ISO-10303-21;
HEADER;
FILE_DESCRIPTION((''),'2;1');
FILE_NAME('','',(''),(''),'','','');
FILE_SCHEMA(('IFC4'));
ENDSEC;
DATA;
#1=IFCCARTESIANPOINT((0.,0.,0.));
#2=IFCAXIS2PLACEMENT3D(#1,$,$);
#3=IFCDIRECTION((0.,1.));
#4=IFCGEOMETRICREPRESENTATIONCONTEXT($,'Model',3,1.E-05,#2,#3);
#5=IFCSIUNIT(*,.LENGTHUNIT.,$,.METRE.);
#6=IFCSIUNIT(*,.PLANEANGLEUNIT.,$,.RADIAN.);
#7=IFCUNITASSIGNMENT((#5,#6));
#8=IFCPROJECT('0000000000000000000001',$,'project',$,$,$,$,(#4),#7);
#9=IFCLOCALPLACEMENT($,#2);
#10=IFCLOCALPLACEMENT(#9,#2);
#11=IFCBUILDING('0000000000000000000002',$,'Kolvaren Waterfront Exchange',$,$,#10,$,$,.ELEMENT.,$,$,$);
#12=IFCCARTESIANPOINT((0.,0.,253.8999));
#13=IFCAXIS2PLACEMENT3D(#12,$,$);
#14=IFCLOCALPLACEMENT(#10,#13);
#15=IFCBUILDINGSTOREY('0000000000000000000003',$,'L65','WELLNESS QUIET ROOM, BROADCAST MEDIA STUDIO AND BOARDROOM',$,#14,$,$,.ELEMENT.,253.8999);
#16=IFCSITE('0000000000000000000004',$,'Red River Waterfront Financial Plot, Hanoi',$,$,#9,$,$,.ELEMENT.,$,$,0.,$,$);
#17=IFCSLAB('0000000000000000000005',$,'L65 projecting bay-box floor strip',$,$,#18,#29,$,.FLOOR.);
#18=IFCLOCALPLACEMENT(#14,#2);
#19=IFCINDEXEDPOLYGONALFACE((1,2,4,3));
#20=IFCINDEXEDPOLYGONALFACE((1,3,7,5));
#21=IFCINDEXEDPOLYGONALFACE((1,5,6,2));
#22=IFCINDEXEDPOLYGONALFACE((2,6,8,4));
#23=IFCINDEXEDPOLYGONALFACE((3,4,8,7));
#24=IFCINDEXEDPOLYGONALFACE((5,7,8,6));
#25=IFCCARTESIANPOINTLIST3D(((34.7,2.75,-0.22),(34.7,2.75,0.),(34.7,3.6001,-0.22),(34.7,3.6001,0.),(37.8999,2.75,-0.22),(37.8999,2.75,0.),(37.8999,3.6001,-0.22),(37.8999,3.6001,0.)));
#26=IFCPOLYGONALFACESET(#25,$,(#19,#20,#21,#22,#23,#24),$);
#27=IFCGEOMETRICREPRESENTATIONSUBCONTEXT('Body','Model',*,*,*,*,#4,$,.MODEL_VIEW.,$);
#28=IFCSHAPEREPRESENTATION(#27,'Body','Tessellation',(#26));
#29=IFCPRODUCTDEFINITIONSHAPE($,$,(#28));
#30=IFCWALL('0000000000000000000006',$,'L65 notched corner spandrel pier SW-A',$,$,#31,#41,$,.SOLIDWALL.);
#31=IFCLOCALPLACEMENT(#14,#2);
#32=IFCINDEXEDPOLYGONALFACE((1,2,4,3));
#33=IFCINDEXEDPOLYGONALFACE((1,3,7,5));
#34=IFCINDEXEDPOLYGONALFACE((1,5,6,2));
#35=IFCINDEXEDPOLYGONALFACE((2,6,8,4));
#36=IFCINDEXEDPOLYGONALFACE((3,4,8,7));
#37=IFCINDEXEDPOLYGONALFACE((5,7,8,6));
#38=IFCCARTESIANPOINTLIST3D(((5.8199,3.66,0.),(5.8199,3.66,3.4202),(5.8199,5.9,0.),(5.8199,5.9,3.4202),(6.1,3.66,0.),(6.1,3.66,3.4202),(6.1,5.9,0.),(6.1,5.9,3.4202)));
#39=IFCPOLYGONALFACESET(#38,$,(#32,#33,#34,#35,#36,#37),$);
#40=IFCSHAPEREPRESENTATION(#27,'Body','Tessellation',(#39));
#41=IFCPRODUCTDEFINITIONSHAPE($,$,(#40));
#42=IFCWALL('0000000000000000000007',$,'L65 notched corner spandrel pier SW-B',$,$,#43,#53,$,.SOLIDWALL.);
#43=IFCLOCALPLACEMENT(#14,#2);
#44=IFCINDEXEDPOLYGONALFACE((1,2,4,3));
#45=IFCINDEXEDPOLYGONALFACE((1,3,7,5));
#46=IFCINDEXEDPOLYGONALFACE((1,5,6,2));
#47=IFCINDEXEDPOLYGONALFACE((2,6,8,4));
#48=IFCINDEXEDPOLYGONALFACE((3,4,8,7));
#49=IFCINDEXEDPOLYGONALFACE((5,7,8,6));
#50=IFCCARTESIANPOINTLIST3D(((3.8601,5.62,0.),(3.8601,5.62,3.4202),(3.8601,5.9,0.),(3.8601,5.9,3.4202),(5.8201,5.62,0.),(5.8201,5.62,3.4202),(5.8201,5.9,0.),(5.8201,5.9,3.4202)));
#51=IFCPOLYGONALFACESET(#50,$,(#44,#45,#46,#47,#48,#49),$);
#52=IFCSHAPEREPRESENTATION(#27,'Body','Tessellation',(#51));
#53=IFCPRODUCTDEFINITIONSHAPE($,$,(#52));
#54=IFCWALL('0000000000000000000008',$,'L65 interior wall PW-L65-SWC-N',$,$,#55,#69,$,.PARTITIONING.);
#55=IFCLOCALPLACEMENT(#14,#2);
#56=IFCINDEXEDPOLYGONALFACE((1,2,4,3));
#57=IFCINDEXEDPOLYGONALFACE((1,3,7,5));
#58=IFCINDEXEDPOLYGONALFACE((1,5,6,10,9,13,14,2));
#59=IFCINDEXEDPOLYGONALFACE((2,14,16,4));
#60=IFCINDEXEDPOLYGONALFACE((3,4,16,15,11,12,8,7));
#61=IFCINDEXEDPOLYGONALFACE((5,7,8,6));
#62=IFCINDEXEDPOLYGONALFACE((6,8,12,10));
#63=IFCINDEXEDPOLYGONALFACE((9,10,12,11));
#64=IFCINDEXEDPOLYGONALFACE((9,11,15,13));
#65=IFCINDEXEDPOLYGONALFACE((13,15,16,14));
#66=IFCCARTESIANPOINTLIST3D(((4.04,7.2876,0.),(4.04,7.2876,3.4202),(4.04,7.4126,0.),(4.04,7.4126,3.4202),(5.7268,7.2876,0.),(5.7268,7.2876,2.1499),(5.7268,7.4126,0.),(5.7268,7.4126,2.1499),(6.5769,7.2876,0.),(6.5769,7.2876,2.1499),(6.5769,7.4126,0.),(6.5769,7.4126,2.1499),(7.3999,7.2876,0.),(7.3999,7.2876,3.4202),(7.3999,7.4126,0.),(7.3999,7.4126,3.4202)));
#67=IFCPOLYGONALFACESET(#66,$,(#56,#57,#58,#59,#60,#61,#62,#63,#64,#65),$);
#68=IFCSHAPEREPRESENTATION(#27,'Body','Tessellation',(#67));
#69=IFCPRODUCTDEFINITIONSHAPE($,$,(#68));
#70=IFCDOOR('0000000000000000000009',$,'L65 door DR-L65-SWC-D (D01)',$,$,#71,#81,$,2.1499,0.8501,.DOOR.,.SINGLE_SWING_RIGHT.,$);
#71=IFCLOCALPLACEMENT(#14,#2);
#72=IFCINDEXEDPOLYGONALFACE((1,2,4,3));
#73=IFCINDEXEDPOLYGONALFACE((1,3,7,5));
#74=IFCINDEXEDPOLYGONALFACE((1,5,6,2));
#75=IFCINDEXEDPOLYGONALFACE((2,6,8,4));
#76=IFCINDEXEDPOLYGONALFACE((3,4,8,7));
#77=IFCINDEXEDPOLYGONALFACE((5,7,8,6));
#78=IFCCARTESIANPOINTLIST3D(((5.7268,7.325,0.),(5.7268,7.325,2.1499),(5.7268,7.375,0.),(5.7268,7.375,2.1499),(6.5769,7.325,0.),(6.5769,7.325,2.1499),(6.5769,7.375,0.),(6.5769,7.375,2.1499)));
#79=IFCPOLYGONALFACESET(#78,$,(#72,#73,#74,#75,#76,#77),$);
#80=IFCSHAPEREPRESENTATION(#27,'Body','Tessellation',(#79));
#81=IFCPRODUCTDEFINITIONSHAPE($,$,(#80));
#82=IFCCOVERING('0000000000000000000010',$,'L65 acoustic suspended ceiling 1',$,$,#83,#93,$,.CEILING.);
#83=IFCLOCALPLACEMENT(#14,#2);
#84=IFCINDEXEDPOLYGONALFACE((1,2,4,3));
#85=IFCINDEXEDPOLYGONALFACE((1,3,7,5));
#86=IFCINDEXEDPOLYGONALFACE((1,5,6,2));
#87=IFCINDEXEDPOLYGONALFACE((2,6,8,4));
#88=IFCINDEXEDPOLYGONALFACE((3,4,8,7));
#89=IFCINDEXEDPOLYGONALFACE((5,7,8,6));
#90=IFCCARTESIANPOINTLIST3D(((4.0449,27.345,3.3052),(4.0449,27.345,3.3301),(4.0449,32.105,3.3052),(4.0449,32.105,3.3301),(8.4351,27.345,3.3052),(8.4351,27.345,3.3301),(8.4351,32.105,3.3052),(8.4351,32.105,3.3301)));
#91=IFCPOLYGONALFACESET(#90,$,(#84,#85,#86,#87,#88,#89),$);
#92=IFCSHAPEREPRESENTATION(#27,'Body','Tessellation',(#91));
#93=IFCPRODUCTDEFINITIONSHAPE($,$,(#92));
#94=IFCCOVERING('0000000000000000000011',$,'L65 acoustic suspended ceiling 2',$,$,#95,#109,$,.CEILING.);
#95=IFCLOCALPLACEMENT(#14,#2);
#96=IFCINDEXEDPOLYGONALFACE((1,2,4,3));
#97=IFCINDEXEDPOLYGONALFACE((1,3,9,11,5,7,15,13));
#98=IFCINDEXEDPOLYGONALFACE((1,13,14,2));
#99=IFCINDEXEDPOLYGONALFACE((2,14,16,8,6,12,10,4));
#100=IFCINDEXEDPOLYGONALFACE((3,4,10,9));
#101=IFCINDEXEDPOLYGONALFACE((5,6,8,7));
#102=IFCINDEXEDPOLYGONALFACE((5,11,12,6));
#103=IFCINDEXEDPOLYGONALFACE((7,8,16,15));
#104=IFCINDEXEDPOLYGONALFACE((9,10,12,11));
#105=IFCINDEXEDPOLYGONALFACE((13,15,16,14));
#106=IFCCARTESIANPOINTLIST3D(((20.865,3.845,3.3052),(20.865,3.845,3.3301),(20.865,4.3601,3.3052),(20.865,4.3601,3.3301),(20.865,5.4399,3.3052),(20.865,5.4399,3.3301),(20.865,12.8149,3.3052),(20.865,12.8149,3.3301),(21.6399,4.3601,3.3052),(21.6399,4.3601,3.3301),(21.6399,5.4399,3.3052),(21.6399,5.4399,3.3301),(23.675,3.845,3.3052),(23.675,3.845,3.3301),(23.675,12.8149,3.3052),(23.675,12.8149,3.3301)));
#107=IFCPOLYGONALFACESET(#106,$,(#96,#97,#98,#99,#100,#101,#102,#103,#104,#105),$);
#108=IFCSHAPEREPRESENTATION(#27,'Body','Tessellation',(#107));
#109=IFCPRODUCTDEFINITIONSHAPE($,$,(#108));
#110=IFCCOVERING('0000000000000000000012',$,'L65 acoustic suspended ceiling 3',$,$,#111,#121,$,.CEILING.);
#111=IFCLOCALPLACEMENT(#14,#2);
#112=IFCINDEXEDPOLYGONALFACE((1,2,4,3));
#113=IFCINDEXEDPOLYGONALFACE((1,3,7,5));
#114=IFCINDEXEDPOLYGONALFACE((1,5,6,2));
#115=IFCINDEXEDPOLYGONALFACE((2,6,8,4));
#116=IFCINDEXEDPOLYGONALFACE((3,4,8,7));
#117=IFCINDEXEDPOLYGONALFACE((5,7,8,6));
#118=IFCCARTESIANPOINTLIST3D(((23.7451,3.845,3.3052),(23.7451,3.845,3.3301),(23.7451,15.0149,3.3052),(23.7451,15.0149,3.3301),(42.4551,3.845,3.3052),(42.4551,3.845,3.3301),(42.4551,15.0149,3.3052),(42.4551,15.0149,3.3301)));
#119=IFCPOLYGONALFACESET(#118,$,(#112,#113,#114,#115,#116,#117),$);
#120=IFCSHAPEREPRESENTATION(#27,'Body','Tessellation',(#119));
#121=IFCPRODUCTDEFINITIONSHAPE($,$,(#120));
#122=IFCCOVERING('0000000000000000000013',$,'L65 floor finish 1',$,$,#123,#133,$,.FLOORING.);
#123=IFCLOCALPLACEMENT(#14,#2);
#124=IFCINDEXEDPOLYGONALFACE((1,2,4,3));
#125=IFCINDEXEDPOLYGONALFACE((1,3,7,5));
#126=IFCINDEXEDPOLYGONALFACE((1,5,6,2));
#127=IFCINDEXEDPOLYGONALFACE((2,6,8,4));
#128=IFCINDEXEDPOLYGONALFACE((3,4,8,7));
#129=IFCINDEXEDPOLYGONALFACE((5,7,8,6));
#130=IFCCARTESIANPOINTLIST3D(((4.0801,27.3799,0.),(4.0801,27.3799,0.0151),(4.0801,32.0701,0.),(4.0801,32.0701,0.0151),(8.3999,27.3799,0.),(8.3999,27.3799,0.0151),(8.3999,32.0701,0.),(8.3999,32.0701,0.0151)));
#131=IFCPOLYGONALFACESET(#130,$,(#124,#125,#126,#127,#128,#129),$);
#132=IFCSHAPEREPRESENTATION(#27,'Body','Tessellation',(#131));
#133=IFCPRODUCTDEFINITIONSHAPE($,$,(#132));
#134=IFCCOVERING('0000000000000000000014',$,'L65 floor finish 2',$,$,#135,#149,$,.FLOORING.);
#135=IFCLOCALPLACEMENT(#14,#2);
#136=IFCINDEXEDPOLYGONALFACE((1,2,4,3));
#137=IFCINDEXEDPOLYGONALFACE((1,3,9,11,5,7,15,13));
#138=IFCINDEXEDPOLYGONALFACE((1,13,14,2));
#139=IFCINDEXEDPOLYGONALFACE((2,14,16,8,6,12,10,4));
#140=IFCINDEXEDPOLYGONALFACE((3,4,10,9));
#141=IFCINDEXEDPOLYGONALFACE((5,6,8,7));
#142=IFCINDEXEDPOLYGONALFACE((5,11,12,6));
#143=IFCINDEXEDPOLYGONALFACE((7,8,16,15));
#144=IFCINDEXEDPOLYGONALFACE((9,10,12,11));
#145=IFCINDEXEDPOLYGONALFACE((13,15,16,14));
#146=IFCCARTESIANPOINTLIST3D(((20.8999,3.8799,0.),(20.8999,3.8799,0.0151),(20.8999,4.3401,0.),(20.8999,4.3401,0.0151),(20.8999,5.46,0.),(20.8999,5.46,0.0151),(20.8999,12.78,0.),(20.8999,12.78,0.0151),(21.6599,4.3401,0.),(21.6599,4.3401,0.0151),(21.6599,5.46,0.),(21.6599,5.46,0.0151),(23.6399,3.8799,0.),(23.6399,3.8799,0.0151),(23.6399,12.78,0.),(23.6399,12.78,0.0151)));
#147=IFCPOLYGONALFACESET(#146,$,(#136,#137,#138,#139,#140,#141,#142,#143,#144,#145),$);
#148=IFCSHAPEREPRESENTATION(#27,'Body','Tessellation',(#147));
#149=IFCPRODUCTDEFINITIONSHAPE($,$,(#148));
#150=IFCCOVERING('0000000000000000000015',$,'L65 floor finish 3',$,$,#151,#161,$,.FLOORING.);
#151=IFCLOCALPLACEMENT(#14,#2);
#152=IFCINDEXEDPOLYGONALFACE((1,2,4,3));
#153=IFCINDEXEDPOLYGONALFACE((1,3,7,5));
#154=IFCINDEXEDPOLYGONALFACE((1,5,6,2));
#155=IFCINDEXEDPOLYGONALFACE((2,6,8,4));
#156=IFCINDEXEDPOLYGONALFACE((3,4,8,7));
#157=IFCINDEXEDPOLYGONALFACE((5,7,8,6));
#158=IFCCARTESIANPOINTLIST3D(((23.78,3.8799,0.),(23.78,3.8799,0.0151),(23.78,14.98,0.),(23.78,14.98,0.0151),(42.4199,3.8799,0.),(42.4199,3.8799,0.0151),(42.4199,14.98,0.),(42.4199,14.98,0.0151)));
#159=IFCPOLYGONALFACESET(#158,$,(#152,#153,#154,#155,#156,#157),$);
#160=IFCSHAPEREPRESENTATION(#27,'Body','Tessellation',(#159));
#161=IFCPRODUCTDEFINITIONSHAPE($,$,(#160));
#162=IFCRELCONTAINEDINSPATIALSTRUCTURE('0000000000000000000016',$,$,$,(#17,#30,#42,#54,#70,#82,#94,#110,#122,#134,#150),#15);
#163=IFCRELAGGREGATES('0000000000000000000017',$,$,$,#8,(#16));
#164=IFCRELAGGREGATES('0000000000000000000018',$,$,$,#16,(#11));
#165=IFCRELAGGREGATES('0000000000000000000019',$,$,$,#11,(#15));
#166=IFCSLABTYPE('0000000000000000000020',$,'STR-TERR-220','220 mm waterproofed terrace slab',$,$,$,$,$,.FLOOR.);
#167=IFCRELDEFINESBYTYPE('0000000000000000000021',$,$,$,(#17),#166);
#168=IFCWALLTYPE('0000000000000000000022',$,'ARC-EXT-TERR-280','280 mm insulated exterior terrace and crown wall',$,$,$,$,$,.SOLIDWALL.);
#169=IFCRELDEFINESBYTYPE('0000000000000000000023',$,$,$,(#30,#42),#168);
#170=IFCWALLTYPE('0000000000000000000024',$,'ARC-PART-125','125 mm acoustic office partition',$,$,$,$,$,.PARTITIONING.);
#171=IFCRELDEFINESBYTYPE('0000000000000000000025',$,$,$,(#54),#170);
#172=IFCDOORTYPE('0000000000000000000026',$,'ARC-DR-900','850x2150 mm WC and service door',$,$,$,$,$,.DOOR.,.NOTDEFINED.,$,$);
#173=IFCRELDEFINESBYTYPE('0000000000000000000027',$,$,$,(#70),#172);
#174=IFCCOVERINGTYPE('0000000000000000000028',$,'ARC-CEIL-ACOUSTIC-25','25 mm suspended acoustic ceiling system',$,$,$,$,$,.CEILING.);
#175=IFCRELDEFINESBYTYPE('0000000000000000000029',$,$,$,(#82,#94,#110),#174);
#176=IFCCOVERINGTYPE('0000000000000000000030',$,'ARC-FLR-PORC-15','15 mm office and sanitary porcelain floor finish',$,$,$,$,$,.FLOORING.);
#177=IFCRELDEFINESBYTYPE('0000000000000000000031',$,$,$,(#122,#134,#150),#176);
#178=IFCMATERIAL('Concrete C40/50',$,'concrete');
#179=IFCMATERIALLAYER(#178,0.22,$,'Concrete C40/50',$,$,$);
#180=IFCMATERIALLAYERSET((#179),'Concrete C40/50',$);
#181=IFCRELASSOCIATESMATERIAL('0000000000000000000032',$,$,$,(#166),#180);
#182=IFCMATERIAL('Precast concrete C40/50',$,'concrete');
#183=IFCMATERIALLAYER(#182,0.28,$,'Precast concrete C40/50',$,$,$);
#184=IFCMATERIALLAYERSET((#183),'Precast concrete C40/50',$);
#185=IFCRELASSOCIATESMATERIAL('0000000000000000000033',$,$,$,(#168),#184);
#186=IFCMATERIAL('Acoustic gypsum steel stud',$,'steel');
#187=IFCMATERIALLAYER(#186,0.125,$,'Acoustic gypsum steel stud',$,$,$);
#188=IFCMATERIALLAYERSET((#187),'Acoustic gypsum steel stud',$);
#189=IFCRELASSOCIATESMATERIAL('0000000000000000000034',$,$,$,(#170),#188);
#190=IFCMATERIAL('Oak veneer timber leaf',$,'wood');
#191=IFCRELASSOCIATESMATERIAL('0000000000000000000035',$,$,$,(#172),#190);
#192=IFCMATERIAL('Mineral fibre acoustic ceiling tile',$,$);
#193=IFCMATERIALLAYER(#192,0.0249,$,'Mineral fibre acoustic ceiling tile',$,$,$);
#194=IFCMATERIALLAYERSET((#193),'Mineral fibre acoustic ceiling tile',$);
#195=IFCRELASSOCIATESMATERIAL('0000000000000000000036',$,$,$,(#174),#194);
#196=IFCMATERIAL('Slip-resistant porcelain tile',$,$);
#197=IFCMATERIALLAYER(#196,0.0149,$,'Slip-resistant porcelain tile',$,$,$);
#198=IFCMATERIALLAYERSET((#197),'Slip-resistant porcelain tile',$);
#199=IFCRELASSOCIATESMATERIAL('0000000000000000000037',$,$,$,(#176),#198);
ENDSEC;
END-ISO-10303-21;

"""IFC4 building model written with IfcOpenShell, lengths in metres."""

from ifc_helpers import new_model, si_unit, direction, frame, frame_2d, origin, place, context, subcontext, project, spatial, polyline, rectangle, outline, extrude, material, layer, layer_set, type_object, element, fill, save


model = new_model("IFC4")

# Units and contexts
model_context = context("Model", 3, precision=1e-05, world=origin(), true_north=direction((0.0, 1.0)))
body_context = subcontext(model_context, "Body", "Model", "MODEL_VIEW")
ifc_project = project(units=[si_unit("LENGTHUNIT", "METRE"), si_unit("PLANEANGLEUNIT", "RADIAN")], contexts=[model_context])

# Site, building, storey
site_placement = place(None, origin())
site = spatial("IfcSite", under=ifc_project, at=site_placement, Name="Red River Waterfront Financial Plot, Hanoi", CompositionType="ELEMENT", RefElevation=0.0)
building_placement = place(site_placement, origin())
building = spatial("IfcBuilding", under=site, at=building_placement, Name="Kolvaren Waterfront Exchange", CompositionType="ELEMENT")
storey_placement = place(building_placement, frame((0.0, 0.0, 253.8999)))
storey = spatial("IfcBuildingStorey", under=building, at=storey_placement, Name="L65", Description="WELLNESS QUIET ROOM, BROADCAST MEDIA STUDIO AND BOARDROOM", CompositionType="ELEMENT", Elevation=253.8999)

# Shared definitions
ifc_material_1 = material(Name="Concrete C40/50", Category="concrete")

# Slab
ifc_layer_1 = layer(ifc_material_1, 0.22, Name="Concrete C40/50")
ifc_layer_set_1 = layer_set([ifc_layer_1], Name="Concrete C40/50")
slab_type_1 = type_object("IfcSlabType", Name="STR-TERR-220", Description="220 mm waterproofed terrace slab", PredefinedType="FLOOR", material=ifc_layer_set_1)
slab_1_placement = place(storey_placement, frame((0.0, 0.0, -0.22)))
element("IfcSlab", 1, at=slab_1_placement, inside=storey, type_object=slab_type_1, Name="L65 projecting bay-box floor strip", PredefinedType="FLOOR", context=body_context, shape_type="SweptSolid", body=[
    extrude(outline(polyline([(34.7, 2.75), (37.8999, 2.75), (37.8999, 3.6001), (34.7, 3.6001), (34.7, 2.75)])), origin(), (0.0, 0.0, 1.0), 0.22),
])

# Walls
ifc_material_2 = material(Name="Precast concrete C40/50", Category="concrete")
ifc_layer_2 = layer(ifc_material_2, 0.28, Name="Precast concrete C40/50")
ifc_layer_set_2 = layer_set([ifc_layer_2], Name="Precast concrete C40/50")
wall_type_1 = type_object("IfcWallType", Name="ARC-EXT-TERR-280", Description="280 mm insulated exterior terrace and crown wall", PredefinedType="SOLIDWALL", material=ifc_layer_set_2)
wall_1_placement = place(storey_placement, frame((5.96, 3.6599, 0.0), z_axis=(0.0, 0.0, 1.0), x_axis=(0.0, 1.0, 0.0)))
element("IfcWall", 2, at=wall_1_placement, inside=storey, type_object=wall_type_1, Name="L65 notched corner spandrel pier SW-A", PredefinedType="SOLIDWALL", context=body_context, shape_type="SweptSolid", body=[
    extrude(rectangle(XDim=2.24, YDim=0.28, at=frame_2d((1.1201, 0.0))), origin(), (0.0, 0.0, 1.0), 3.4202),
])
wall_2_placement = place(storey_placement, frame((3.8601, 5.76, 0.0), z_axis=(0.0, 0.0, 1.0), x_axis=(1.0, 0.0, 0.0)))
element("IfcWall", 3, at=wall_2_placement, inside=storey, type_object=wall_type_1, Name="L65 notched corner spandrel pier SW-B", PredefinedType="SOLIDWALL", context=body_context, shape_type="SweptSolid", body=[
    extrude(rectangle(XDim=1.96, YDim=0.28, at=frame_2d((0.98, 0.0))), origin(), (0.0, 0.0, 1.0), 3.4202),
])

# Wall, opening, door
ifc_material_3 = material(Name="Acoustic gypsum steel stud", Category="steel")
ifc_layer_3 = layer(ifc_material_3, 0.125, Name="Acoustic gypsum steel stud")
ifc_layer_set_3 = layer_set([ifc_layer_3], Name="Acoustic gypsum steel stud")
wall_type_2 = type_object("IfcWallType", Name="ARC-PART-125", Description="125 mm acoustic office partition", PredefinedType="PARTITIONING", material=ifc_layer_set_3)
wall_3_placement = place(storey_placement, frame((4.04, 7.3501, 0.0), z_axis=(0.0, 0.0, 1.0), x_axis=(1.0, 0.0, 0.0)))
wall_3 = element("IfcWall", 4, at=wall_3_placement, inside=storey, type_object=wall_type_2, Name="L65 interior wall PW-L65-SWC-N", PredefinedType="PARTITIONING", context=body_context, shape_type="SweptSolid", body=[
    extrude(rectangle(XDim=3.3599, YDim=0.125, at=frame_2d((1.6799, 0.0))), origin(), (0.0, 0.0, 1.0), 3.4202),
])
opening_placement = place(wall_3_placement, frame((1.6868, 0.0, 0.0)))
opening = element("IfcOpeningElement", 5, at=opening_placement, cuts=wall_3, PredefinedType="OPENING", context=body_context, shape_type="SweptSolid", body=[
    extrude(rectangle(XDim=0.8501, YDim=2.1499, at=frame_2d((0.425, 1.075))), frame((0.0, 0.0725, 0.0), z_axis=(0.0, -1.0, 0.0), x_axis=(1.0, 0.0, 0.0)), (0.0, 0.0, 1.0), 0.145),
])
ifc_material_4 = material(Name="Oak veneer timber leaf", Category="wood")
door_type = type_object("IfcDoorType", Name="ARC-DR-900", Description="850x2150 mm WC and service door", OperationType="NOTDEFINED", PredefinedType="DOOR", material=ifc_material_4)
door_placement = place(opening_placement, origin())
door = element("IfcDoor", 6, at=door_placement, inside=storey, type_object=door_type, Name="L65 door DR-L65-SWC-D (D01)", OperationType="SINGLE_SWING_RIGHT", OverallHeight=2.1499, OverallWidth=0.8501, PredefinedType="DOOR", context=body_context, shape_type="SweptSolid", body=[
    extrude(rectangle(XDim=0.8501, YDim=2.1499, at=frame_2d((0.425, 1.075))), frame((0.0, 0.0249, 0.0), z_axis=(0.0, -1.0, 0.0), x_axis=(1.0, 0.0, 0.0)), (0.0, 0.0, 1.0), 0.05),
])
fill(opening, door)

# Coverings
ifc_material_5 = material(Name="Mineral fibre acoustic ceiling tile")
ifc_layer_4 = layer(ifc_material_5, 0.0249, Name="Mineral fibre acoustic ceiling tile")
ifc_layer_set_4 = layer_set([ifc_layer_4], Name="Mineral fibre acoustic ceiling tile")
covering_type_1 = type_object("IfcCoveringType", Name="ARC-CEIL-ACOUSTIC-25", Description="25 mm suspended acoustic ceiling system", PredefinedType="CEILING", material=ifc_layer_set_4)
covering_1_placement = place(storey_placement, frame((0.0, 0.0, 3.3052)))
element("IfcCovering", 7, at=covering_1_placement, inside=storey, type_object=covering_type_1, Name="L65 acoustic suspended ceiling 1", PredefinedType="CEILING", context=body_context, shape_type="SweptSolid", body=[
    extrude(outline(polyline([(8.4351, 27.345), (8.4351, 32.105), (4.0449, 32.105), (4.0449, 27.345), (8.4351, 27.345)])), origin(), (0.0, 0.0, 1.0), 0.0249),
])
covering_2_placement = place(storey_placement, frame((0.0, 0.0, 3.3052)))
element("IfcCovering", 8, at=covering_2_placement, inside=storey, type_object=covering_type_1, Name="L65 acoustic suspended ceiling 2", PredefinedType="CEILING", context=body_context, shape_type="SweptSolid", body=[
    extrude(outline(polyline([(20.865, 5.4399), (21.6399, 5.4399), (21.6399, 4.3601), (20.865, 4.3601), (20.865, 3.845), (23.675, 3.845), (23.675, 12.8149), (20.865, 12.8149), (20.865, 5.4399)])), origin(), (0.0, 0.0, 1.0), 0.0249),
])
covering_3_placement = place(storey_placement, frame((0.0, 0.0, 3.3052)))
element("IfcCovering", 9, at=covering_3_placement, inside=storey, type_object=covering_type_1, Name="L65 acoustic suspended ceiling 3", PredefinedType="CEILING", context=body_context, shape_type="SweptSolid", body=[
    extrude(outline(polyline([(42.4551, 3.845), (42.4551, 15.0149), (23.7451, 15.0149), (23.7451, 3.845), (42.4551, 3.845)])), origin(), (0.0, 0.0, 1.0), 0.0249),
])
ifc_material_6 = material(Name="Slip-resistant porcelain tile")
ifc_layer_5 = layer(ifc_material_6, 0.0149, Name="Slip-resistant porcelain tile")
ifc_layer_set_5 = layer_set([ifc_layer_5], Name="Slip-resistant porcelain tile")
covering_type_2 = type_object("IfcCoveringType", Name="ARC-FLR-PORC-15", Description="15 mm office and sanitary porcelain floor finish", PredefinedType="FLOORING", material=ifc_layer_set_5)
covering_4_placement = place(storey_placement, origin())
element("IfcCovering", 10, at=covering_4_placement, inside=storey, type_object=covering_type_2, Name="L65 floor finish 1", PredefinedType="FLOORING", context=body_context, shape_type="SweptSolid", body=[
    extrude(outline(polyline([(4.0801, 32.0701), (4.0801, 27.3799), (8.3999, 27.3799), (8.3999, 32.0701), (4.0801, 32.0701)])), origin(), (0.0, 0.0, 1.0), 0.0151),
])
covering_5_placement = place(storey_placement, origin())
element("IfcCovering", 11, at=covering_5_placement, inside=storey, type_object=covering_type_2, Name="L65 floor finish 2", PredefinedType="FLOORING", context=body_context, shape_type="SweptSolid", body=[
    extrude(outline(polyline([(20.8999, 4.3401), (20.8999, 3.8799), (23.6399, 3.8799), (23.6399, 12.78), (20.8999, 12.78), (20.8999, 5.46), (21.6599, 5.46), (21.6599, 4.3401), (20.8999, 4.3401)])), origin(), (0.0, 0.0, 1.0), 0.0151),
])
covering_6_placement = place(storey_placement, origin())
element("IfcCovering", 12, at=covering_6_placement, inside=storey, type_object=covering_type_2, Name="L65 floor finish 3", PredefinedType="FLOORING", context=body_context, shape_type="SweptSolid", body=[
    extrude(outline(polyline([(23.78, 14.98), (23.78, 3.8799), (42.4199, 3.8799), (42.4199, 14.98), (23.78, 14.98)])), origin(), (0.0, 0.0, 1.0), 0.0151),
])

save(model, "model.ifc")
